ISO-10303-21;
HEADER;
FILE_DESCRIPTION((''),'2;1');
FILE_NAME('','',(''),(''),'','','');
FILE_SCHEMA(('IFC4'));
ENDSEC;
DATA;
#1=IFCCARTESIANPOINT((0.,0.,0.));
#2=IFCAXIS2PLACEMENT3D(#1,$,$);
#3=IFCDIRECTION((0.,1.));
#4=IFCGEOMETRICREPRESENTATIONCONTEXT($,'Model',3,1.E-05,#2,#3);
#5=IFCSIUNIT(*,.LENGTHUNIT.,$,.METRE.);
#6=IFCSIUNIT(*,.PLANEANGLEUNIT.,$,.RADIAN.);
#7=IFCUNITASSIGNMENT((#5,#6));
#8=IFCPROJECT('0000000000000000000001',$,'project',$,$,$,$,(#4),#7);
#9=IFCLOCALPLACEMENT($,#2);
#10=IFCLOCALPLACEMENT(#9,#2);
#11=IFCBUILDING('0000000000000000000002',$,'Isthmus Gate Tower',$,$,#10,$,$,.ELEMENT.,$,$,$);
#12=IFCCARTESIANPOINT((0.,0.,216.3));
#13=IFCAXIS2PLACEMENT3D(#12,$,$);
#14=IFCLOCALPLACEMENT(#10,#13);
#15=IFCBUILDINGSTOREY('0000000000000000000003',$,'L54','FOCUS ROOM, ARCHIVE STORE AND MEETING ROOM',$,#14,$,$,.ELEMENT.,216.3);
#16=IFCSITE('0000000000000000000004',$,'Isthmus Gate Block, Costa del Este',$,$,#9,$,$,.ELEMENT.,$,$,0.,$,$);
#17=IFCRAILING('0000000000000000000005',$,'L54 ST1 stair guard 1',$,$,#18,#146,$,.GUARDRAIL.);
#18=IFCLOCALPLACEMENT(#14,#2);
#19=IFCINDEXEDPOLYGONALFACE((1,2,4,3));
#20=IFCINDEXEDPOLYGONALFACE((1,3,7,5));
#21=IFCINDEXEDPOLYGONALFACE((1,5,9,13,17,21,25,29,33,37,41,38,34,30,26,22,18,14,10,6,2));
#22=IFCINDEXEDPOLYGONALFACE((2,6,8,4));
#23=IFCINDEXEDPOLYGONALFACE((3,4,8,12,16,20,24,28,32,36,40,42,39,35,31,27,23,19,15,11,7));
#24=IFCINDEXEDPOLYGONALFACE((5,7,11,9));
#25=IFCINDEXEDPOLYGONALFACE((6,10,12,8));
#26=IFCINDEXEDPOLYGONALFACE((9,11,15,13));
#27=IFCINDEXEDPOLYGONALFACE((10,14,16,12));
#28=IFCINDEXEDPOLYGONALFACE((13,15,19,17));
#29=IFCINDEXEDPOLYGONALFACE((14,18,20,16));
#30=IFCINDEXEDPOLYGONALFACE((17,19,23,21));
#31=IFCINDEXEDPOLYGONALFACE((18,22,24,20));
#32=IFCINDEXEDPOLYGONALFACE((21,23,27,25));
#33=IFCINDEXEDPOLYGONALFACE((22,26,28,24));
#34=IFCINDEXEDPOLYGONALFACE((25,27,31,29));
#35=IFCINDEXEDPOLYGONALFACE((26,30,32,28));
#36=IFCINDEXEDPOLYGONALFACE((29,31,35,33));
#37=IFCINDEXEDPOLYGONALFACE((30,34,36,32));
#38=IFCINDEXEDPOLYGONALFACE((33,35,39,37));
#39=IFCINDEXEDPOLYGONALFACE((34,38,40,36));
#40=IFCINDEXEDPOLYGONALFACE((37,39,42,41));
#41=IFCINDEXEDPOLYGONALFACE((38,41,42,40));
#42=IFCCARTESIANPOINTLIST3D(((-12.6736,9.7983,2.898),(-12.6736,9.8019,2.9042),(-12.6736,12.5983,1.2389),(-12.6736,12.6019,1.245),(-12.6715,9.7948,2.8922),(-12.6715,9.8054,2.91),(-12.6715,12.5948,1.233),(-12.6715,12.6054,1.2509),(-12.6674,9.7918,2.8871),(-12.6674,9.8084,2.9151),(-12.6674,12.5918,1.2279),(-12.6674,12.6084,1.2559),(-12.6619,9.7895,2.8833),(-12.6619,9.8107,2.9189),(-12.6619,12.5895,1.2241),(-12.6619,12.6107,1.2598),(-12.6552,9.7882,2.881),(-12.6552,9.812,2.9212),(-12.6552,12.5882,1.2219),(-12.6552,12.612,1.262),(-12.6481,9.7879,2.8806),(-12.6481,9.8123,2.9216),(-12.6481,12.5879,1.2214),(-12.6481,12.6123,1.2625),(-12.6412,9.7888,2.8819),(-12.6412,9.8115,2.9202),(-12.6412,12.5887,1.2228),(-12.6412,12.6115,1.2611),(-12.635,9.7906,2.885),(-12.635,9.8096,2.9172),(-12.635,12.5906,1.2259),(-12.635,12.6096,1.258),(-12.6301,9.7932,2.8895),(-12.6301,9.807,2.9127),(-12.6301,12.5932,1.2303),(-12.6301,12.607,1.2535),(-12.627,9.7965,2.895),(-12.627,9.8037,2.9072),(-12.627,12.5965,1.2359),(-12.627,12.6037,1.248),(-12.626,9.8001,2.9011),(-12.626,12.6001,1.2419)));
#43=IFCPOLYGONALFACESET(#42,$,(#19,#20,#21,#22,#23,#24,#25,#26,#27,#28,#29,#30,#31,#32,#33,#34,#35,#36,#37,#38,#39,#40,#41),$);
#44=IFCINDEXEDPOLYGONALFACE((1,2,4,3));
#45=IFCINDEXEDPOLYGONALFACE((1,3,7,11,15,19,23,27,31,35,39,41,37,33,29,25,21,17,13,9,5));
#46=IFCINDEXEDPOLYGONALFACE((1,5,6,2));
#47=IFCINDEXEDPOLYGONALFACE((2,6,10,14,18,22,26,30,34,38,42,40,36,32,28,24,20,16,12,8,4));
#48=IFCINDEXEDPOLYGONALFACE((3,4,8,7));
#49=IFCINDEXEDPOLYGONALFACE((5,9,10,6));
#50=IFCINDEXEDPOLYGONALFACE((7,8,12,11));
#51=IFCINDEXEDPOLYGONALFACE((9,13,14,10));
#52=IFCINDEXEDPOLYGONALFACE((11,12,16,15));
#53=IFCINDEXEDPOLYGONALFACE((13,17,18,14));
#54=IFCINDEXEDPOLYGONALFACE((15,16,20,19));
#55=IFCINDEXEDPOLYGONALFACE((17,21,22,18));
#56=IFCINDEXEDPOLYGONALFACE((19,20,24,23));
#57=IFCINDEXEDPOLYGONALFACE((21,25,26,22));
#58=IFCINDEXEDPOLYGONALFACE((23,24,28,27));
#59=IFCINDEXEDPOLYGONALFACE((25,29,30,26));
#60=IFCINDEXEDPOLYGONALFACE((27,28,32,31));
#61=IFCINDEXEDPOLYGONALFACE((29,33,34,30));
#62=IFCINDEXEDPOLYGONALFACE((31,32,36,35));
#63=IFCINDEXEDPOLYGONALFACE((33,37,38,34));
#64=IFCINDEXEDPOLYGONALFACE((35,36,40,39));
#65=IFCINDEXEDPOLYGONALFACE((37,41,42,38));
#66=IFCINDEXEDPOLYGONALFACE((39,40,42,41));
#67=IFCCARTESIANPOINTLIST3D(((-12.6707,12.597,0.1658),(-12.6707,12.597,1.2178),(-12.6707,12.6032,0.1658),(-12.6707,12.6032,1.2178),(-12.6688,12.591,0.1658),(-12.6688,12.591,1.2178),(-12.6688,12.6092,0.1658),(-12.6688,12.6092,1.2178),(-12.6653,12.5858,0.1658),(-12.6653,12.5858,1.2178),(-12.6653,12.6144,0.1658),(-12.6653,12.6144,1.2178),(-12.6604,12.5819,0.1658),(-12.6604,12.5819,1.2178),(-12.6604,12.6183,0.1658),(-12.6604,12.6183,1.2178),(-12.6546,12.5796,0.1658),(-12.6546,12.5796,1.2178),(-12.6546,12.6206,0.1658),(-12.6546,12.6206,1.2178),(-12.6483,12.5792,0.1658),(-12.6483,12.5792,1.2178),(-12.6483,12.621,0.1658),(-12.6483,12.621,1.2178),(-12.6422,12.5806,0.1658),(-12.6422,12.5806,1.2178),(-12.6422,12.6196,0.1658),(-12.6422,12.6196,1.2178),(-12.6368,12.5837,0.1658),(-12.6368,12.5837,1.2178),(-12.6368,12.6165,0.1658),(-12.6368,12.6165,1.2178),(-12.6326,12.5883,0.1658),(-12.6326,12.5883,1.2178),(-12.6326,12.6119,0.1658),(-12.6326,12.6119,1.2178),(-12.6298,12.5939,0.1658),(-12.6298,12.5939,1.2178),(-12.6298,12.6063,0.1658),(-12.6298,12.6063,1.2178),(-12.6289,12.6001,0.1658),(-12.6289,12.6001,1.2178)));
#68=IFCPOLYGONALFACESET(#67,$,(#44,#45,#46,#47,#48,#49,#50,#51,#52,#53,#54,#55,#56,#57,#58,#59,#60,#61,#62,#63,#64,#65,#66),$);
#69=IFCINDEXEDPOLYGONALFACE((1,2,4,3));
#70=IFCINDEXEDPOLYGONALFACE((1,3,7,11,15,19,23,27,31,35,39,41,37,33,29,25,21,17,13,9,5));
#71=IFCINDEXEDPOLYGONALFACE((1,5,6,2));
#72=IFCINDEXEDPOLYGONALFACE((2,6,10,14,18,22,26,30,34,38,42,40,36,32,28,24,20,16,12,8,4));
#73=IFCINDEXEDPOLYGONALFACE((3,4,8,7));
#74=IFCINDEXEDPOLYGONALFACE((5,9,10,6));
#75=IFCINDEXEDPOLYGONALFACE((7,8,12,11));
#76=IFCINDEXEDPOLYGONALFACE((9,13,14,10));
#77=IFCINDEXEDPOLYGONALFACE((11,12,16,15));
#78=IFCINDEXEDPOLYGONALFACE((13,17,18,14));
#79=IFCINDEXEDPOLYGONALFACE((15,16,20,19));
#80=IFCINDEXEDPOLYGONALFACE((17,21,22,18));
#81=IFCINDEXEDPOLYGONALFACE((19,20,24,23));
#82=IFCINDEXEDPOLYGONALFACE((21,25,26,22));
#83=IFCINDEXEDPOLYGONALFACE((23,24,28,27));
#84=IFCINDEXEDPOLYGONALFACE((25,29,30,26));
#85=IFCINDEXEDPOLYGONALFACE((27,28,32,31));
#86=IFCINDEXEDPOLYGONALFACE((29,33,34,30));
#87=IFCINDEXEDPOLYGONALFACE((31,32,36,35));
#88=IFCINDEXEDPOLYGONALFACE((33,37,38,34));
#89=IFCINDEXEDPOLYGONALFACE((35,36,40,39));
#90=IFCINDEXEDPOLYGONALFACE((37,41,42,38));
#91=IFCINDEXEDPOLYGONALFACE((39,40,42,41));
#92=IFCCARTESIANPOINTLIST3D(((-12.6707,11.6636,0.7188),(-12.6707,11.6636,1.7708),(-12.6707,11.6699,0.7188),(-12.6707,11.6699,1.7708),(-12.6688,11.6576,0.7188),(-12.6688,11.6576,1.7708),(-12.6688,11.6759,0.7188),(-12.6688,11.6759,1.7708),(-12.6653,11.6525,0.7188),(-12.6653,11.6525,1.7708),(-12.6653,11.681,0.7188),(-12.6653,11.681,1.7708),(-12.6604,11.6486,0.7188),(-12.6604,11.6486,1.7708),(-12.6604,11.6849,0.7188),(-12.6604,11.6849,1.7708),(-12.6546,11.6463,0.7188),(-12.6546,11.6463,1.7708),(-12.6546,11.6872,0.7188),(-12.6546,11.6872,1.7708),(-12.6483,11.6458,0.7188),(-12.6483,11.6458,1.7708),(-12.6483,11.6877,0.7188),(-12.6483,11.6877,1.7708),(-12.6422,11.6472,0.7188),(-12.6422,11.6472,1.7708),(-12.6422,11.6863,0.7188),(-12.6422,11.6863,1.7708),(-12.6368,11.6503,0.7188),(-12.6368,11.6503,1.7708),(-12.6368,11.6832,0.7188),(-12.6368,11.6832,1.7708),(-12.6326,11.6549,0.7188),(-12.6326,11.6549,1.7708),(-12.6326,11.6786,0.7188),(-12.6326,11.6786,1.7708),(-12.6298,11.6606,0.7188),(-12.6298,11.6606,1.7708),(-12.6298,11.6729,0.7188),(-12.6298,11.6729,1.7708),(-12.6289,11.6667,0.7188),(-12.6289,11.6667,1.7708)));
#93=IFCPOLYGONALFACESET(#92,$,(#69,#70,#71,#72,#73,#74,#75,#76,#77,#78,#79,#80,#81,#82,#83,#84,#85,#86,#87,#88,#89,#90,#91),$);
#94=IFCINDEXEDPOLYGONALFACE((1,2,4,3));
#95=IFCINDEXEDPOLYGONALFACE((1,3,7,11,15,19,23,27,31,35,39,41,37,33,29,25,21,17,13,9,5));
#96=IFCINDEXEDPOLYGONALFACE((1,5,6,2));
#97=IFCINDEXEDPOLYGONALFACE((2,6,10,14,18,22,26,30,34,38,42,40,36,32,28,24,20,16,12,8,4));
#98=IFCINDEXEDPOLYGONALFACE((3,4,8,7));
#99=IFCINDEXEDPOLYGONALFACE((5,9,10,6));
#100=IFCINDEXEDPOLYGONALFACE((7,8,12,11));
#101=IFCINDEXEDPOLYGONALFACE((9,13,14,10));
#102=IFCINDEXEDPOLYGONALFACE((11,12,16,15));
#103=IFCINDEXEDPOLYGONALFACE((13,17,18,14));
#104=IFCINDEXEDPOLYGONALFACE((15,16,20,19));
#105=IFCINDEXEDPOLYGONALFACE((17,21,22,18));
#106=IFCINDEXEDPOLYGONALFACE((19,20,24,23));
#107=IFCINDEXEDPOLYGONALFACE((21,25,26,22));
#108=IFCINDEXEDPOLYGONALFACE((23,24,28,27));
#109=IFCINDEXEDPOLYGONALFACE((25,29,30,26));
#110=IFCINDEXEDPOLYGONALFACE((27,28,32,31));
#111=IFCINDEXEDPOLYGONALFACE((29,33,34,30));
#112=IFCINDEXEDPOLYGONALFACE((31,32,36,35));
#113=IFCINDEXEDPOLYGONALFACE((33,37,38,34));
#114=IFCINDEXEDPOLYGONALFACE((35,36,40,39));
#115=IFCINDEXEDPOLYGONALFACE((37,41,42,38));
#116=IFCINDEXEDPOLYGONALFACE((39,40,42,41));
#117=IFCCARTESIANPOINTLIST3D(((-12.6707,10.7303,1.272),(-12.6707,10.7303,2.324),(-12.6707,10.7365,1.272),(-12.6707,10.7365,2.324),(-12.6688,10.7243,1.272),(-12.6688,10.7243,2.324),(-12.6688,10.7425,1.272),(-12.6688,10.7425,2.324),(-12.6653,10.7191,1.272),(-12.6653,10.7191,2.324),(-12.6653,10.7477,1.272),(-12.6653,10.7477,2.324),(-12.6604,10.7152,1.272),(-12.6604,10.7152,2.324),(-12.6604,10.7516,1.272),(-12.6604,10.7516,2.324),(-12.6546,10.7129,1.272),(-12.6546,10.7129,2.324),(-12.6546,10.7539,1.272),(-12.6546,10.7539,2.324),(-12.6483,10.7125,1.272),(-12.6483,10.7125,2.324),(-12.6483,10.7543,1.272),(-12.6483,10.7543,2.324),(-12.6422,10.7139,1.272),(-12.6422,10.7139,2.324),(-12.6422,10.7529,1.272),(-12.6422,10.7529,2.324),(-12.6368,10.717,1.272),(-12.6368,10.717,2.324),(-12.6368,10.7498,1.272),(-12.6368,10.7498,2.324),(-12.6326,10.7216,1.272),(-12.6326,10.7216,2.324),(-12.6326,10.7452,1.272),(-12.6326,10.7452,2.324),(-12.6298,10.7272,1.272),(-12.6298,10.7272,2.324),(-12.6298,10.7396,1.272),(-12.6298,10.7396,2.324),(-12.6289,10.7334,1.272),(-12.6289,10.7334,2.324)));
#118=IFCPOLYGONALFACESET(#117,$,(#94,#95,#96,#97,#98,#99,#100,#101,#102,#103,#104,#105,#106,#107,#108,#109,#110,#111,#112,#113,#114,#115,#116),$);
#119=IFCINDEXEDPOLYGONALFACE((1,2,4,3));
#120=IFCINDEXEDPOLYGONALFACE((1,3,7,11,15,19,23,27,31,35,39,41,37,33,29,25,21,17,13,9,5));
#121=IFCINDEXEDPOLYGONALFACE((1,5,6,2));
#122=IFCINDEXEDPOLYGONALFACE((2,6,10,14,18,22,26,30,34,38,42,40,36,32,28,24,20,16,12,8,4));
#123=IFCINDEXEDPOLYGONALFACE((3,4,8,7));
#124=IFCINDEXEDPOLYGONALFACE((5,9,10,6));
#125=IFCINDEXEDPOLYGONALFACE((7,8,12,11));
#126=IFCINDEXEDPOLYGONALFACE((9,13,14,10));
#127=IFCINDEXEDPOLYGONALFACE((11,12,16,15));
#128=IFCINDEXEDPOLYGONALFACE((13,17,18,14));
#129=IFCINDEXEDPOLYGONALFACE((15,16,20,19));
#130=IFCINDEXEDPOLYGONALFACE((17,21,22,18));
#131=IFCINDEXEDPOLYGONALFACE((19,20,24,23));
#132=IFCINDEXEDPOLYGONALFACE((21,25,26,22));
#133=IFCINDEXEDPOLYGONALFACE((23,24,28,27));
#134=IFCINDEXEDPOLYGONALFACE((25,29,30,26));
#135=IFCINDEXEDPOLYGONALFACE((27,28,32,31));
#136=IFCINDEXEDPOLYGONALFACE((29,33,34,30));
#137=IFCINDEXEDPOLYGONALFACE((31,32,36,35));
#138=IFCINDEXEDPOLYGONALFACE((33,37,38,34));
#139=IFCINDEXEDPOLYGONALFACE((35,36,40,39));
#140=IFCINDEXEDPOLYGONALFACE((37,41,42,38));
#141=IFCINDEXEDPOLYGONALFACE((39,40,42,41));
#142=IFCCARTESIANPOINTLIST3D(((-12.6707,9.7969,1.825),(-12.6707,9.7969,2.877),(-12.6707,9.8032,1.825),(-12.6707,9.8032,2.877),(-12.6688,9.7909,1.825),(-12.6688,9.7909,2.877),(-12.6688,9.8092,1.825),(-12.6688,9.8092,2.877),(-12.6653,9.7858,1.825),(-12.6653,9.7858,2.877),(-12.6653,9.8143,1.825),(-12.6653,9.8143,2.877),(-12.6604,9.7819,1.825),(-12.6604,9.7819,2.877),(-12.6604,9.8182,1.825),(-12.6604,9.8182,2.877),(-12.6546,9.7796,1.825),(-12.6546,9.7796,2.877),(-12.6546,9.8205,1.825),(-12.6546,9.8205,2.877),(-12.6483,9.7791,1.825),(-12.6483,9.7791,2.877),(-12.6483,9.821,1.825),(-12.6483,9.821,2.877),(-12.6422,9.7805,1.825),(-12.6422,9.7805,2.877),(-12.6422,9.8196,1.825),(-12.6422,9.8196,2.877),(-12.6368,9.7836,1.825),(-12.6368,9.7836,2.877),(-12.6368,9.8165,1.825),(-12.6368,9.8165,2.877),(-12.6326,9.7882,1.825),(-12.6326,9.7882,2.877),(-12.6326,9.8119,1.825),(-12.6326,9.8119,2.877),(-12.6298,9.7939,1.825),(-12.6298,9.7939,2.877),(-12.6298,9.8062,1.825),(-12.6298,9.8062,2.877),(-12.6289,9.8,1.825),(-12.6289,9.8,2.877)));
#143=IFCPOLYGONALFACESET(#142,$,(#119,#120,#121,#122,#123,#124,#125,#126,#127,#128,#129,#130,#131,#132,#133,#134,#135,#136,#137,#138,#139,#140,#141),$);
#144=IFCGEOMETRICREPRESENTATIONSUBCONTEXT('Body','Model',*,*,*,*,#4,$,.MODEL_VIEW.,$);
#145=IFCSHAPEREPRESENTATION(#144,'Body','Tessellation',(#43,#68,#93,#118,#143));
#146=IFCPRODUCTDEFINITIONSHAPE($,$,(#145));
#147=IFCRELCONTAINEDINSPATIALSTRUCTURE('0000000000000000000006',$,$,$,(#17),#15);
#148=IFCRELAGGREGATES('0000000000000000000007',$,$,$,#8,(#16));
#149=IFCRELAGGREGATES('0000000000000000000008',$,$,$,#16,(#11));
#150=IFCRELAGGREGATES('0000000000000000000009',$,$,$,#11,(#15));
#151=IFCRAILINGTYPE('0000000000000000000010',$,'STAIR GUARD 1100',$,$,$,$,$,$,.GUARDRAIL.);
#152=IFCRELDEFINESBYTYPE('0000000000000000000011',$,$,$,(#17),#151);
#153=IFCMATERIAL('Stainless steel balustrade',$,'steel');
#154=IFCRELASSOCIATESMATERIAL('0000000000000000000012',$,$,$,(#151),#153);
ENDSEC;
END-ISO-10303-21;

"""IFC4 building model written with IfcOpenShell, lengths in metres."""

from ifc_helpers import new_model, si_unit, direction, frame, origin, origin_2d, place, context, subcontext, project, spatial, circle, extrude, material, type_object, element, save


model = new_model("IFC4")

# Units and contexts
model_context = context("Model", 3, precision=1e-05, world=origin(), true_north=direction((0.0, 1.0)))
body_context = subcontext(model_context, "Body", "Model", "MODEL_VIEW")
ifc_project = project(units=[si_unit("LENGTHUNIT", "METRE"), si_unit("PLANEANGLEUNIT", "RADIAN")], contexts=[model_context])

# Site, building, storey
site_placement = place(None, origin())
site = spatial("IfcSite", under=ifc_project, at=site_placement, Name="Isthmus Gate Block, Costa del Este", CompositionType="ELEMENT", RefElevation=0.0)
building_placement = place(site_placement, origin())
building = spatial("IfcBuilding", under=site, at=building_placement, Name="Isthmus Gate Tower", CompositionType="ELEMENT")
storey_placement = place(building_placement, frame((0.0, 0.0, 216.3)))
storey = spatial("IfcBuildingStorey", under=building, at=storey_placement, Name="L54", Description="FOCUS ROOM, ARCHIVE STORE AND MEETING ROOM", CompositionType="ELEMENT", Elevation=216.3)

# Railing
ifc_material_1 = material(Name="Stainless steel balustrade", Category="steel")
railing_type_1 = type_object("IfcRailingType", Name="STAIR GUARD 1100", PredefinedType="GUARDRAIL", material=ifc_material_1)
railing_1_placement = place(storey_placement, frame((-12.6499, 12.6001, 0.1658)))
element("IfcRailing", 1, at=railing_1_placement, inside=storey, type_object=railing_type_1, Name="L54 ST1 stair guard 1", PredefinedType="GUARDRAIL", context=body_context, shape_type="SweptSolid", body=[
    extrude(circle(Radius=0.0239, at=origin_2d()), frame((0.0, 0.0, 1.0762), z_axis=(0.0, -0.860306, 0.509778), x_axis=(1.0, 0.0, 0.0)), (0.0, 0.0, 1.0), 3.2546),
    extrude(circle(Radius=0.021, at=origin_2d()), origin(), (0.0, 0.0, 1.0), 1.052),
    extrude(circle(Radius=0.021, at=origin_2d()), frame((0.0, -0.9333, 0.553)), (0.0, 0.0, 1.0), 1.052),
    extrude(circle(Radius=0.021, at=origin_2d()), frame((0.0, -1.8667, 1.1062)), (0.0, 0.0, 1.0), 1.052),
    extrude(circle(Radius=0.021, at=origin_2d()), frame((0.0, -2.8, 1.6592)), (0.0, 0.0, 1.0), 1.052),
])

save(model, "model.ifc")
